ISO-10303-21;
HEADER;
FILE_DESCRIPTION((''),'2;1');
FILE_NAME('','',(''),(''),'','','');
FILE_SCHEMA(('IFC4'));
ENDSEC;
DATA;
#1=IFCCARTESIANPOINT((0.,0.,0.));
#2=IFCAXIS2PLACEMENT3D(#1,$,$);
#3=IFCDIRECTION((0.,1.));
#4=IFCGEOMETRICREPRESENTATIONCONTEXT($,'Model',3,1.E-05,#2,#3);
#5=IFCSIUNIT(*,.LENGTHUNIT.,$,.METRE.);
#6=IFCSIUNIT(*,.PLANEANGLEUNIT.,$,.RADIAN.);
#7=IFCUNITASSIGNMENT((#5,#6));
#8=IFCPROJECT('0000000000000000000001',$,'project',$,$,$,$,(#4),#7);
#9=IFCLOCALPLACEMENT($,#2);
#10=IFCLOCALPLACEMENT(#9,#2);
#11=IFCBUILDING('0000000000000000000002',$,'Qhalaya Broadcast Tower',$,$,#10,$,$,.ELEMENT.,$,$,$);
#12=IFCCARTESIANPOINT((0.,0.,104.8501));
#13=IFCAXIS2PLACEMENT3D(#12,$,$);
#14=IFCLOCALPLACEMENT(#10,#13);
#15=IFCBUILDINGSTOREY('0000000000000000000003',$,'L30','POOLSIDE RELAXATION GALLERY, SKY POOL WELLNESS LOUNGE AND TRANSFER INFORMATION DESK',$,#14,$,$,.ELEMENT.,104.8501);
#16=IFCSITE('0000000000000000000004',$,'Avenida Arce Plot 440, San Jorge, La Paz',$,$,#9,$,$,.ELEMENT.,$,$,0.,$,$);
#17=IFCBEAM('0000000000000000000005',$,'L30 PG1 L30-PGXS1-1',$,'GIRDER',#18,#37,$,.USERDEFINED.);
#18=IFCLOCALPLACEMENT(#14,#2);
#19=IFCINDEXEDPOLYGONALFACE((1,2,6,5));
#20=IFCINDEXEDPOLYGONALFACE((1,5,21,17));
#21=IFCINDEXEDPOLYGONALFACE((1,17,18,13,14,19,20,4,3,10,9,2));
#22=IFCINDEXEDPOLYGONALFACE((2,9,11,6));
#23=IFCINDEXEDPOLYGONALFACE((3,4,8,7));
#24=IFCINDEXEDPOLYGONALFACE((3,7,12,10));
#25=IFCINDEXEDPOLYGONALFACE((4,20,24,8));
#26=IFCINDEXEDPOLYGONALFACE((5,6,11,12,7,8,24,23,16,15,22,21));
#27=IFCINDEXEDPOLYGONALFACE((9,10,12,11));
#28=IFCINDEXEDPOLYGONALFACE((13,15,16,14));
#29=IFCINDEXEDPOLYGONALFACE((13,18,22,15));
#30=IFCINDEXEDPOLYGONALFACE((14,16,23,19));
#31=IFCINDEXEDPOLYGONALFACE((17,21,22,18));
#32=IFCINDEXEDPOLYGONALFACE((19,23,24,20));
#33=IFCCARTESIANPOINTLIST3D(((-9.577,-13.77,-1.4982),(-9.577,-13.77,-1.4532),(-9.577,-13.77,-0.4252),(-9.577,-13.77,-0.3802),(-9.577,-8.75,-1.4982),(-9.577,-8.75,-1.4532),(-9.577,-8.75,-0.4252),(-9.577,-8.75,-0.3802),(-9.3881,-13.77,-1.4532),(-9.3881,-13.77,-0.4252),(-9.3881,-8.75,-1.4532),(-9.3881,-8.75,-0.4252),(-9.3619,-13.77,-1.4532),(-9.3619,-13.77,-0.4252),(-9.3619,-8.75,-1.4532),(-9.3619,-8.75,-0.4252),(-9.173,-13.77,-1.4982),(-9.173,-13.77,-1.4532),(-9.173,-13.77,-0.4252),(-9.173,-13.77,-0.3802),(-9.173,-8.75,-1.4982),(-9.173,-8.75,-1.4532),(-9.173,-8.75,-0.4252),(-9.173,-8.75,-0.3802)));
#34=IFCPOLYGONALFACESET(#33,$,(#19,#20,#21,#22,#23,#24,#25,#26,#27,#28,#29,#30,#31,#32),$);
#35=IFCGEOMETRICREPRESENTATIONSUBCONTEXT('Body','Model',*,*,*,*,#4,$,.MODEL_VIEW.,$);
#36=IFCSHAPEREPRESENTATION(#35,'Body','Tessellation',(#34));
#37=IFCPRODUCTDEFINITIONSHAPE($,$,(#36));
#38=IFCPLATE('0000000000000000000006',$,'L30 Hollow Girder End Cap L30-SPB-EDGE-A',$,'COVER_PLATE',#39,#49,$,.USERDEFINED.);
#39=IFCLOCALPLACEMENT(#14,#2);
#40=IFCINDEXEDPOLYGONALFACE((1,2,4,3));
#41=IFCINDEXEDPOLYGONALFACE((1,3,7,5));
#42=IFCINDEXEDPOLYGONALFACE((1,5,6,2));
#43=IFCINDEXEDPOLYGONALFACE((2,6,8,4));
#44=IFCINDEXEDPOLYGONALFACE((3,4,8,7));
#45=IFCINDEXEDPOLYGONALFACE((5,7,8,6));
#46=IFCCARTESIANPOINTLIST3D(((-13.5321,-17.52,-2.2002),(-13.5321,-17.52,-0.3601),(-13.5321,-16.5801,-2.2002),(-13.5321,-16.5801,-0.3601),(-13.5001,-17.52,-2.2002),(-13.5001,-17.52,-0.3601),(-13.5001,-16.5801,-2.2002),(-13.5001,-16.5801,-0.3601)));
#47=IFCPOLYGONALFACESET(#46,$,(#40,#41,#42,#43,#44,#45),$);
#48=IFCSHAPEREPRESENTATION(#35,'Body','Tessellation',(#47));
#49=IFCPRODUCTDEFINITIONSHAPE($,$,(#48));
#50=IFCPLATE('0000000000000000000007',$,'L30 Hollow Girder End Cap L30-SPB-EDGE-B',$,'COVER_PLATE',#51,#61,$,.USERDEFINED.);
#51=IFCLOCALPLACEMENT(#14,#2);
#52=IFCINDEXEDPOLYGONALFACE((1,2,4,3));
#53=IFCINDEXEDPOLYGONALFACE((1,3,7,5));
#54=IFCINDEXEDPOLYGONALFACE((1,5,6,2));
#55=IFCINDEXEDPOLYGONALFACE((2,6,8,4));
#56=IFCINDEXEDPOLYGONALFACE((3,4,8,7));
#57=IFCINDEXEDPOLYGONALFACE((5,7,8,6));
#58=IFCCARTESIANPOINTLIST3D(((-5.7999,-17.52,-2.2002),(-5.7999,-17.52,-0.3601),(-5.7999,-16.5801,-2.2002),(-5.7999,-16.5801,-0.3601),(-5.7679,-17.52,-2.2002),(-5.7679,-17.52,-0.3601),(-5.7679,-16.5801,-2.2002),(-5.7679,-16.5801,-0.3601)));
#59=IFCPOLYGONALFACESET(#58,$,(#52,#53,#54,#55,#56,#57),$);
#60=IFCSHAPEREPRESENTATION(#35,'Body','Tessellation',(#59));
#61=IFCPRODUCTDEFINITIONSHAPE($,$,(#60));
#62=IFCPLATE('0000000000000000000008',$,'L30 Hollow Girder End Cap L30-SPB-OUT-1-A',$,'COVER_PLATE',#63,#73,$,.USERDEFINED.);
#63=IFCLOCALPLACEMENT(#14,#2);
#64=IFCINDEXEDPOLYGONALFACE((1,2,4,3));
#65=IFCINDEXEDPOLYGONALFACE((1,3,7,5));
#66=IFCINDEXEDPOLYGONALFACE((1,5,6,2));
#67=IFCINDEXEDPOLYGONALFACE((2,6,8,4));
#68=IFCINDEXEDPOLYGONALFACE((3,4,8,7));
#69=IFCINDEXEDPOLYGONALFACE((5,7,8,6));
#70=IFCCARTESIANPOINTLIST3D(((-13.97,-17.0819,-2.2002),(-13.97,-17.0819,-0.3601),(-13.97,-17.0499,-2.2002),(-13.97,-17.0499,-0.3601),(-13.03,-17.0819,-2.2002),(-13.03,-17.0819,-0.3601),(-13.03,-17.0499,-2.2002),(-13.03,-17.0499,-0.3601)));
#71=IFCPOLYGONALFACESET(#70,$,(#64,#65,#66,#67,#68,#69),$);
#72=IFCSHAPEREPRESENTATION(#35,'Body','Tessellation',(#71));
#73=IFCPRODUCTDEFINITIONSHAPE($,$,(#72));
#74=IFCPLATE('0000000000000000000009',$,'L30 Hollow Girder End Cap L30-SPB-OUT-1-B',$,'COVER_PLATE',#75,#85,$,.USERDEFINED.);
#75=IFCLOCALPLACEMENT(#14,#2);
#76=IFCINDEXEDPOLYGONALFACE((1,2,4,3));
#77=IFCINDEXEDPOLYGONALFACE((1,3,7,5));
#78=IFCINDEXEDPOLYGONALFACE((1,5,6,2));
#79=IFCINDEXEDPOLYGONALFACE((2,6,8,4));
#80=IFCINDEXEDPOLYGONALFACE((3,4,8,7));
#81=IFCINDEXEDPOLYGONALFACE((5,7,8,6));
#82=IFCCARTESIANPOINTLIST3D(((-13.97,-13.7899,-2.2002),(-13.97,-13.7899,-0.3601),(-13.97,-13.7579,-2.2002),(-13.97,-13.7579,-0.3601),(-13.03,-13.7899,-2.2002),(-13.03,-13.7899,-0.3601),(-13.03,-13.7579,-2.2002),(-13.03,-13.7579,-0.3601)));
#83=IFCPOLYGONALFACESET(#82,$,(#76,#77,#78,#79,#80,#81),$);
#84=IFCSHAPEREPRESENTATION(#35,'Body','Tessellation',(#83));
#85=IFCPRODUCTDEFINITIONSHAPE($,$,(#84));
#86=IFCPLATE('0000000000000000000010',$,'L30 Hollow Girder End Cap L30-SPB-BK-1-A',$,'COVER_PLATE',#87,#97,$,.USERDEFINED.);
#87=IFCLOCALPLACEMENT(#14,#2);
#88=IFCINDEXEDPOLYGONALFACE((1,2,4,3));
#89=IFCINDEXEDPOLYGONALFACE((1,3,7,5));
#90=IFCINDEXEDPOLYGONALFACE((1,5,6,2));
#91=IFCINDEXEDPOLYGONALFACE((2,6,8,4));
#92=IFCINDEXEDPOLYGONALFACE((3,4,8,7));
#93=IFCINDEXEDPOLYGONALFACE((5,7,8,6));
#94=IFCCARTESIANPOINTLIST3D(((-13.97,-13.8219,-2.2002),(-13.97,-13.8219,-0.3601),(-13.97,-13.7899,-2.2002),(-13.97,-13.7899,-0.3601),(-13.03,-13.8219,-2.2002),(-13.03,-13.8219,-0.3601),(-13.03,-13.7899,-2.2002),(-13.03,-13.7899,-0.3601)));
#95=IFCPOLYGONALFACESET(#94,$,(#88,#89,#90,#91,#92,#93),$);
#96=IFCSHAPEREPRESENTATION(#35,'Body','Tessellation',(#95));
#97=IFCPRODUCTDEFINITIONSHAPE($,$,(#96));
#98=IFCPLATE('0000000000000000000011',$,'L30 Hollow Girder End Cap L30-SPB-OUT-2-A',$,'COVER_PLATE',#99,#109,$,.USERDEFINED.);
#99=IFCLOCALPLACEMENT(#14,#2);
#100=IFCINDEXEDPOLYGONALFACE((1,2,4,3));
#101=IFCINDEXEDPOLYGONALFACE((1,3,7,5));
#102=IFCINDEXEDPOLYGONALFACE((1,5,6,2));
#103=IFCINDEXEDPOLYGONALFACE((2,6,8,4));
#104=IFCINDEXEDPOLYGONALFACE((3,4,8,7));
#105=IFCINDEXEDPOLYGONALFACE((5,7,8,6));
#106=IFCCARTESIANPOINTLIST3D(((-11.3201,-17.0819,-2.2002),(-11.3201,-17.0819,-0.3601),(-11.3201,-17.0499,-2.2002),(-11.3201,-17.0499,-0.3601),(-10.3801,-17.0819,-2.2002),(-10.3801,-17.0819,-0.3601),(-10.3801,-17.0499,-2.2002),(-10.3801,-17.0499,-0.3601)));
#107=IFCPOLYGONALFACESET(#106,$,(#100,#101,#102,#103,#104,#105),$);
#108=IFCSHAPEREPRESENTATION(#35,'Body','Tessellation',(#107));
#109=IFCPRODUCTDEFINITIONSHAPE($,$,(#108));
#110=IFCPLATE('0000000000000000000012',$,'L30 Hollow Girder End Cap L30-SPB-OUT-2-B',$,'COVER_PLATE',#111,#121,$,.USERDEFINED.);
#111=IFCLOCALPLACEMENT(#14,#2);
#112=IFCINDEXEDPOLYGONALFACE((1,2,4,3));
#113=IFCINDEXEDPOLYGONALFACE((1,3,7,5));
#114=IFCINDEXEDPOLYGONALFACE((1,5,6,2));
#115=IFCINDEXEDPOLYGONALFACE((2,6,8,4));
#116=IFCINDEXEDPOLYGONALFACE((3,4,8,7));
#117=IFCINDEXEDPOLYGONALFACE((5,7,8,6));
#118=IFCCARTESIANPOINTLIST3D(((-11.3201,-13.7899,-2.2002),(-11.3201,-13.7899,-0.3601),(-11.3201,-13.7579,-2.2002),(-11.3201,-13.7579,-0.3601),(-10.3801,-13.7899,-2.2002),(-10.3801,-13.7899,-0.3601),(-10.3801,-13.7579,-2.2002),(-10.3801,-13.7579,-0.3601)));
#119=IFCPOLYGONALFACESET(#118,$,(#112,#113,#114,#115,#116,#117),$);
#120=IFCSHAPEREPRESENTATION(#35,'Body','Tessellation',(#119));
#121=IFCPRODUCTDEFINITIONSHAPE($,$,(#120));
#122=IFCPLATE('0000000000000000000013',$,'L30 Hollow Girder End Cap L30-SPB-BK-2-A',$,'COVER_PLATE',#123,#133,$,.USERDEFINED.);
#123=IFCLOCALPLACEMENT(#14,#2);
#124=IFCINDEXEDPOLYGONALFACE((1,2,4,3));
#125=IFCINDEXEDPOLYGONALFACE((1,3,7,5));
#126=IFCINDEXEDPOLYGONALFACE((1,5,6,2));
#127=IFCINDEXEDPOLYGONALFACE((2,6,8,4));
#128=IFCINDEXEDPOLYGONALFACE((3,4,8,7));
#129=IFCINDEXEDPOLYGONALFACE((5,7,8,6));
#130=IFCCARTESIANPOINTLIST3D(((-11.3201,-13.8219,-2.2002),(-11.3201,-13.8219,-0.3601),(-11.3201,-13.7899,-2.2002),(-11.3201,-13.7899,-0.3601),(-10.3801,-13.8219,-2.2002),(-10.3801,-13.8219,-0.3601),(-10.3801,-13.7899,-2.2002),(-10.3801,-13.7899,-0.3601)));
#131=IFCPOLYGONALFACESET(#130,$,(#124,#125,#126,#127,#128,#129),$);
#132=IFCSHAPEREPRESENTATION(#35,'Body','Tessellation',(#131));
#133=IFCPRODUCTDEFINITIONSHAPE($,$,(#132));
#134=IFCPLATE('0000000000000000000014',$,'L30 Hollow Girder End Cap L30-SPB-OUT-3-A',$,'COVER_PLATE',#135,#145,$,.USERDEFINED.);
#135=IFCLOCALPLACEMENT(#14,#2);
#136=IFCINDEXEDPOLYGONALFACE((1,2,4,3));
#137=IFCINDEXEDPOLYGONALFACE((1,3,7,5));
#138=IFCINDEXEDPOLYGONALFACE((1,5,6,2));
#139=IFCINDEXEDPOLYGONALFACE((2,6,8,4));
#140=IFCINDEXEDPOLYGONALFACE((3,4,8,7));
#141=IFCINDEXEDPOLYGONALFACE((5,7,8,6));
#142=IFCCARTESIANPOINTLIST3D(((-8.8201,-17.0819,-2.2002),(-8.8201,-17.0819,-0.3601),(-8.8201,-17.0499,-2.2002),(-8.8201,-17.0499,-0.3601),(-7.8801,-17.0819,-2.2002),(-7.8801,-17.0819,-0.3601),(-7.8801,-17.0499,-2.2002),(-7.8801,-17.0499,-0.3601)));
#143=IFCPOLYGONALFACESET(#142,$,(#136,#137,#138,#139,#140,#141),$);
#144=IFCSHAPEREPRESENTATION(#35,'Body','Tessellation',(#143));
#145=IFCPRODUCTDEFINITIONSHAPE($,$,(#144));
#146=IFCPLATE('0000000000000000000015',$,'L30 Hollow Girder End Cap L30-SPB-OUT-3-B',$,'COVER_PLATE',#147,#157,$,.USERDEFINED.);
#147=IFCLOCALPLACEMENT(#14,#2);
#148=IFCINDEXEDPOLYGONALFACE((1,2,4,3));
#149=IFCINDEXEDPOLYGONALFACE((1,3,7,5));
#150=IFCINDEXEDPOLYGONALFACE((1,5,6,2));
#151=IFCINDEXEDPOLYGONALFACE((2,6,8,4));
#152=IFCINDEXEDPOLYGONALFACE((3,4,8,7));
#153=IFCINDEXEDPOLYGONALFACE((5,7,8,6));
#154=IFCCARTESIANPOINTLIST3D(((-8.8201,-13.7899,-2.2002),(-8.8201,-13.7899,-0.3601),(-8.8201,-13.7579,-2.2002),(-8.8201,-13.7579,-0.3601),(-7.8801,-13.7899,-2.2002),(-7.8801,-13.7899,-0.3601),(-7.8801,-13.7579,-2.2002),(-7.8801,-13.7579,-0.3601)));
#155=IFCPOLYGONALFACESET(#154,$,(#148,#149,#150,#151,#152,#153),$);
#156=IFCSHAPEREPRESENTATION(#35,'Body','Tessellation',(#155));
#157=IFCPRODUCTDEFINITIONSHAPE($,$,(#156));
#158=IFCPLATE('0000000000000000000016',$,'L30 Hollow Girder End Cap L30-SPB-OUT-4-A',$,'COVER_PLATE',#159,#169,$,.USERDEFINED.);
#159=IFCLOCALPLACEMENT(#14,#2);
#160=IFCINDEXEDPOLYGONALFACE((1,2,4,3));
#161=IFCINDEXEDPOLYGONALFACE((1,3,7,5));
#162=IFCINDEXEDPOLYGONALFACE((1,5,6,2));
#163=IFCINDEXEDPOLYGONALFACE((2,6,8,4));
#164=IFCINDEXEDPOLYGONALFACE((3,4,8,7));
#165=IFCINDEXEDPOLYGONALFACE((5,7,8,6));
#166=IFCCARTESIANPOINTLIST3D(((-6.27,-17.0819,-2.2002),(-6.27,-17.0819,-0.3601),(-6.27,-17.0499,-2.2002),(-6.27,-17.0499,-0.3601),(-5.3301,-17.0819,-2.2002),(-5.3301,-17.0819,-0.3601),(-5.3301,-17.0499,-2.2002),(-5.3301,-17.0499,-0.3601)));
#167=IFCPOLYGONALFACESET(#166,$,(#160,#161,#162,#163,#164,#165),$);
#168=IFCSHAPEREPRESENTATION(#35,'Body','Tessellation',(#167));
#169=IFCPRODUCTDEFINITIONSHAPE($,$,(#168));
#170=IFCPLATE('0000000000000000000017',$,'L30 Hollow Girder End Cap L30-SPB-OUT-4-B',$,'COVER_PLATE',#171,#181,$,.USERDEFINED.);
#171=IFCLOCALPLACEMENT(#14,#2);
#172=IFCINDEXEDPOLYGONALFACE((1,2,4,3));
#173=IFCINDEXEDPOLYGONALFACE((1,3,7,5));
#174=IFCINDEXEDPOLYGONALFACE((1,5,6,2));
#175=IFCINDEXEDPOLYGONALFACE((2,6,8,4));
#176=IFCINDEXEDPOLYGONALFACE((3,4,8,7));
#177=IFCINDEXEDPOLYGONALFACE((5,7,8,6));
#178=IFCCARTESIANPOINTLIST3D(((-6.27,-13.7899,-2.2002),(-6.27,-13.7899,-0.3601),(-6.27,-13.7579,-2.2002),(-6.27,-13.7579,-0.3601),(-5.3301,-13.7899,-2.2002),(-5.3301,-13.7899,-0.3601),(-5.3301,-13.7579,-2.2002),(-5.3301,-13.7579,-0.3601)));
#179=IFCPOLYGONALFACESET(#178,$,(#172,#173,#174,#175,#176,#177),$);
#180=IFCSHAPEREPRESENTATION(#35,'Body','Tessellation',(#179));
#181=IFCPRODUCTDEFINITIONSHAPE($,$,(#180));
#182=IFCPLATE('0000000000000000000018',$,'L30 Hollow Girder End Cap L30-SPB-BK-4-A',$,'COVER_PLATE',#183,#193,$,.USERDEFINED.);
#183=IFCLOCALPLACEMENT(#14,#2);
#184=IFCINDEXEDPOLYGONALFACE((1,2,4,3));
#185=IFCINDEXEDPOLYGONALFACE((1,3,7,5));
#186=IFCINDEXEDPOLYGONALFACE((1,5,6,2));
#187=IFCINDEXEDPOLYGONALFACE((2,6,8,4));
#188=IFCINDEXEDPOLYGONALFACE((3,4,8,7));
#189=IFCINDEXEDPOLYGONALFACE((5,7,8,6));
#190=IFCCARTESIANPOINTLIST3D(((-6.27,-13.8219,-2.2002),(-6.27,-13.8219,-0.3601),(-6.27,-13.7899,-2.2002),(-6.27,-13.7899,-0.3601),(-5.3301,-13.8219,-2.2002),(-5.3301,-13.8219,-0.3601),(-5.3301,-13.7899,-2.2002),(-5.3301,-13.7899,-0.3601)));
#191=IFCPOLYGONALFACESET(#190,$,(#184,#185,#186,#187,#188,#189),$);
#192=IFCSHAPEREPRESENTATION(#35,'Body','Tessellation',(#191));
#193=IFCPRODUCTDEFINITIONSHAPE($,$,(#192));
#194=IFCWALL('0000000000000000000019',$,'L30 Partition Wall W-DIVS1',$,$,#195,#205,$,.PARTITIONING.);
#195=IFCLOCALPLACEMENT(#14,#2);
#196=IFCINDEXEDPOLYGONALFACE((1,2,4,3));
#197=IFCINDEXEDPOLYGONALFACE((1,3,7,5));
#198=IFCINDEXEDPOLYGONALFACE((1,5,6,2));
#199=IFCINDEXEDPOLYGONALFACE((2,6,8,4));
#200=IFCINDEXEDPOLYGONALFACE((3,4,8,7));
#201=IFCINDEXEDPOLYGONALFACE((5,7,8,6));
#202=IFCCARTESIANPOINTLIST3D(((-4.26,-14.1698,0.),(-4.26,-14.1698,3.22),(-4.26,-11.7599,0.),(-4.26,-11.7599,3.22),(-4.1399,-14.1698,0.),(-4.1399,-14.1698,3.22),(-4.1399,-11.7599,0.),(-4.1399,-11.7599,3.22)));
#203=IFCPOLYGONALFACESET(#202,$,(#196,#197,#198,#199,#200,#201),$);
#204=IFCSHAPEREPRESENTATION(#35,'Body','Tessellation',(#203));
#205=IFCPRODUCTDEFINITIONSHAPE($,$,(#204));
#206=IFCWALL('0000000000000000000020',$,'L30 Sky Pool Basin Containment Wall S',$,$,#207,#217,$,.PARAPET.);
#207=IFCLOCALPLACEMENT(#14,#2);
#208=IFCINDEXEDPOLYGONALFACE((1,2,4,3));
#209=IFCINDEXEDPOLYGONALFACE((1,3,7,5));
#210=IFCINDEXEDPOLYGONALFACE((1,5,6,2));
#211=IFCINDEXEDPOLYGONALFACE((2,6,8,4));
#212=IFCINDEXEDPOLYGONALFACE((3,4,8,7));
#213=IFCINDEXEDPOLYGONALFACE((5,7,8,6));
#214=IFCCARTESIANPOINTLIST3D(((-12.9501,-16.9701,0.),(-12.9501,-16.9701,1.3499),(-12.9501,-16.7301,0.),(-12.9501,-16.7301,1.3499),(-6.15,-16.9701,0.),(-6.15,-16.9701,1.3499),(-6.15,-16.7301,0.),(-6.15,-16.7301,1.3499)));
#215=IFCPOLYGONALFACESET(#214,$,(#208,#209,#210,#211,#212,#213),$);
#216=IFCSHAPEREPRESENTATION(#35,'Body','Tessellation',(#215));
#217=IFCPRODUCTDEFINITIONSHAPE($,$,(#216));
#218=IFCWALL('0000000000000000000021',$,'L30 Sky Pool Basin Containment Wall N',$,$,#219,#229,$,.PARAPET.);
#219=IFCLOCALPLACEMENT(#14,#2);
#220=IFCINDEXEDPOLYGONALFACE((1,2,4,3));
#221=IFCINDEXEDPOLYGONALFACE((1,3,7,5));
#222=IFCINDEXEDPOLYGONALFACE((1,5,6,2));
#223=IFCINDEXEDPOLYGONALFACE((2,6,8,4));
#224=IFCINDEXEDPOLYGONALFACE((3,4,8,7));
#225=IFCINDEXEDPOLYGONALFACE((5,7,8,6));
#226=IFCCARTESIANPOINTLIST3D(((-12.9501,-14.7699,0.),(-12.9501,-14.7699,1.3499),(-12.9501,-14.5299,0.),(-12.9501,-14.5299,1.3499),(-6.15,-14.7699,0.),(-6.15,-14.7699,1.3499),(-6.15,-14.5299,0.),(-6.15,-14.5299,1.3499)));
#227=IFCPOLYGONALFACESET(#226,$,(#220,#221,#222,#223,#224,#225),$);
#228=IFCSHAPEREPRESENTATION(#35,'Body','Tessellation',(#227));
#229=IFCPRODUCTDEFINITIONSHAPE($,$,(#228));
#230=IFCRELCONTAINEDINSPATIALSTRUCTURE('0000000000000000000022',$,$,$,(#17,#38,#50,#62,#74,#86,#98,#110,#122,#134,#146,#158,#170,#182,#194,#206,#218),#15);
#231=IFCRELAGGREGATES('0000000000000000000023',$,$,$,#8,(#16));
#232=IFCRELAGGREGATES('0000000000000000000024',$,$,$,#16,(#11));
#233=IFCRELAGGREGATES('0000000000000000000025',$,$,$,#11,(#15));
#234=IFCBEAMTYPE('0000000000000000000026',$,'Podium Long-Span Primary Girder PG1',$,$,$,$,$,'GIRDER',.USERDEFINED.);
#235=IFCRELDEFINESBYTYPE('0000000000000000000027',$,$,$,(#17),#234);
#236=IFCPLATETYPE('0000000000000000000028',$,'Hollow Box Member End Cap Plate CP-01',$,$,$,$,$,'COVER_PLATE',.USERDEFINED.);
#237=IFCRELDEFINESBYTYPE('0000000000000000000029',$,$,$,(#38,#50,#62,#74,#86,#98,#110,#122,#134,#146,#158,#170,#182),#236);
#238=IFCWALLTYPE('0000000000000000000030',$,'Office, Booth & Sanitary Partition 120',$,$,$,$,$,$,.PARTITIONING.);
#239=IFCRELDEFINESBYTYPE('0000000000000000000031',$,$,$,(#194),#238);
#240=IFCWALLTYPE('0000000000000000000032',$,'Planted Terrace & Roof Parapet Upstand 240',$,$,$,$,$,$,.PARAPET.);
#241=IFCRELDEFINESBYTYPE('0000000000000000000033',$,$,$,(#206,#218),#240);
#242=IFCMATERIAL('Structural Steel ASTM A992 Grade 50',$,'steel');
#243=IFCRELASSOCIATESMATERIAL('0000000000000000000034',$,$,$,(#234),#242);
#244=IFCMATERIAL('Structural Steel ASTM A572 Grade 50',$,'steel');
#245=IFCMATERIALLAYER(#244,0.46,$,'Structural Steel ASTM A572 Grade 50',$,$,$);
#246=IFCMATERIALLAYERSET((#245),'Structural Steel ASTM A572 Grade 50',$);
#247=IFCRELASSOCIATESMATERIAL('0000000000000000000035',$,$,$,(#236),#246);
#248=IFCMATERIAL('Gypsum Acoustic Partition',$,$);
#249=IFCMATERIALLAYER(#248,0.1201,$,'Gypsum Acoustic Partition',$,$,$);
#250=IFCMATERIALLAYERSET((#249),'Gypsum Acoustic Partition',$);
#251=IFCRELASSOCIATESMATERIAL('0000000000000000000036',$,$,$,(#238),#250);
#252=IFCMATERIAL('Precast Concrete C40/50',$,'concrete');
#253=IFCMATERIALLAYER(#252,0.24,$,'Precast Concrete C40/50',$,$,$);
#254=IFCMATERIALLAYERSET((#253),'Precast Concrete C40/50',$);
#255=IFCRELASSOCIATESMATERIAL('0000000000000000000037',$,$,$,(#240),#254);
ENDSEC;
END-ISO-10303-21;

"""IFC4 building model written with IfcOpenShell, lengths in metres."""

from ifc_helpers import new_model, si_unit, direction, frame, frame_2d, origin, origin_2d, place, context, subcontext, project, spatial, rectangle, i_section, extrude, material, layer, layer_set, material_profile, profile_set, type_object, element, save


model = new_model("IFC4")

# Units and contexts
model_context = context("Model", 3, precision=1e-05, world=origin(), true_north=direction((0.0, 1.0)))
body_context = subcontext(model_context, "Body", "Model", "MODEL_VIEW")
ifc_project = project(units=[si_unit("LENGTHUNIT", "METRE"), si_unit("PLANEANGLEUNIT", "RADIAN")], contexts=[model_context])

# Site, building, storey
site_placement = place(None, origin())
site = spatial("IfcSite", under=ifc_project, at=site_placement, Name="Avenida Arce Plot 440, San Jorge, La Paz", CompositionType="ELEMENT", RefElevation=0.0)
building_placement = place(site_placement, origin())
building = spatial("IfcBuilding", under=site, at=building_placement, Name="Qhalaya Broadcast Tower", CompositionType="ELEMENT")
storey_placement = place(building_placement, frame((0.0, 0.0, 104.8501)))
storey = spatial("IfcBuildingStorey", under=building, at=storey_placement, Name="L30", Description="POOLSIDE RELAXATION GALLERY, SKY POOL WELLNESS LOUNGE AND TRANSFER INFORMATION DESK", CompositionType="ELEMENT", Elevation=104.8501)

# Shared definitions
ifc_material_1 = material(Name="Structural Steel ASTM A572 Grade 50", Category="steel")

# Beam
ifc_material_2 = material(Name="Structural Steel ASTM A992 Grade 50", Category="steel")
ifc_material_profile_1 = material_profile(ifc_material_2, i_section(OverallWidth=0.4041, OverallDepth=1.1179, WebThickness=0.0261, FlangeThickness=0.0449, at=origin_2d()), Name="W44X335")
ifc_profile_set_1 = profile_set([ifc_material_profile_1], Name="Structural Steel ASTM A992 Grade 50")
beam_type_1 = type_object("IfcBeamType", Name="Podium Long-Span Primary Girder PG1", ElementType="GIRDER", PredefinedType="USERDEFINED", material=ifc_profile_set_1)
beam_1_placement = place(storey_placement, frame((-9.375, -13.77, -0.9392), z_axis=(0.0, 1.0, 0.0), x_axis=(-1.0, 0.0, 0.0)))
element("IfcBeam", 1, at=beam_1_placement, inside=storey, type_object=beam_type_1, Name="L30 PG1 L30-PGXS1-1", ObjectType="GIRDER", PredefinedType="USERDEFINED", context=body_context, shape_type="SweptSolid", body=[
    extrude(i_section(OverallWidth=0.4041, OverallDepth=1.1179, WebThickness=0.0261, FlangeThickness=0.0449, at=origin_2d()), origin(), (0.0, 0.0, 1.0), 5.02),
])

# Plates
ifc_layer_1 = layer(ifc_material_1, 0.46, Name="Structural Steel ASTM A572 Grade 50")
ifc_layer_set_1 = layer_set([ifc_layer_1], Name="Structural Steel ASTM A572 Grade 50")
plate_type = type_object("IfcPlateType", Name="Hollow Box Member End Cap Plate CP-01", ElementType="COVER_PLATE", PredefinedType="USERDEFINED", material=ifc_layer_set_1)
for number, where, z_axis, x_axis, name in (
    (2, (-13.5161, -17.05, -2.2002), (0.0, 0.0, 1.0), (0.0, 1.0, 0.0), "L30 Hollow Girder End Cap L30-SPB-EDGE-A"),
    (3, (-5.7839, -17.05, -2.2002), (0.0, 0.0, 1.0), (0.0, 1.0, 0.0), "L30 Hollow Girder End Cap L30-SPB-EDGE-B"),
    (4, (-13.5, -17.0659, -2.2002), (0.0, 0.0, 1.0), (-1.0, 0.0, 0.0), "L30 Hollow Girder End Cap L30-SPB-OUT-1-A"),
    (5, (-13.5, -13.7739, -2.2002), (0.0, 0.0, 1.0), (-1.0, 0.0, 0.0), "L30 Hollow Girder End Cap L30-SPB-OUT-1-B"),
    (6, (-13.5, -13.8059, -2.2002), (0.0, 0.0, 1.0), (-1.0, 0.0, 0.0), "L30 Hollow Girder End Cap L30-SPB-BK-1-A"),
    (7, (-10.8501, -17.0659, -2.2002), (0.0, 0.0, 1.0), (-1.0, 0.0, 0.0), "L30 Hollow Girder End Cap L30-SPB-OUT-2-A"),
    (8, (-10.8501, -13.7739, -2.2002), (0.0, 0.0, 1.0), (-1.0, 0.0, 0.0), "L30 Hollow Girder End Cap L30-SPB-OUT-2-B"),
    (9, (-10.8501, -13.8059, -2.2002), (0.0, 0.0, 1.0), (-1.0, 0.0, 0.0), "L30 Hollow Girder End Cap L30-SPB-BK-2-A"),
    (10, (-8.3501, -17.0659, -2.2002), (0.0, 0.0, 1.0), (-1.0, 0.0, 0.0), "L30 Hollow Girder End Cap L30-SPB-OUT-3-A"),
    (11, (-8.3501, -13.7739, -2.2002), (0.0, 0.0, 1.0), (-1.0, 0.0, 0.0), "L30 Hollow Girder End Cap L30-SPB-OUT-3-B"),
    (12, (-5.8, -17.0659, -2.2002), (0.0, 0.0, 1.0), (-1.0, 0.0, 0.0), "L30 Hollow Girder End Cap L30-SPB-OUT-4-A"),
    (13, (-5.8, -13.7739, -2.2002), (0.0, 0.0, 1.0), (-1.0, 0.0, 0.0), "L30 Hollow Girder End Cap L30-SPB-OUT-4-B"),
    (14, (-5.8, -13.8059, -2.2002), (0.0, 0.0, 1.0), (-1.0, 0.0, 0.0), "L30 Hollow Girder End Cap L30-SPB-BK-4-A"),
):
    element("IfcPlate", number, at=place(storey_placement, frame(where, z_axis=z_axis, x_axis=x_axis)), inside=storey, type_object=plate_type, Name=name, ObjectType="COVER_PLATE", PredefinedType="USERDEFINED", context=body_context, shape_type="SweptSolid", body=[
        extrude(rectangle(XDim=0.9399, YDim=0.032, at=origin_2d()), origin(), (0.0, 0.0, 1.0), 1.8401),
    ])

# Walls
ifc_material_3 = material(Name="Gypsum Acoustic Partition")
ifc_layer_2 = layer(ifc_material_3, 0.1201, Name="Gypsum Acoustic Partition")
ifc_layer_set_2 = layer_set([ifc_layer_2], Name="Gypsum Acoustic Partition")
wall_type_1 = type_object("IfcWallType", Name="Office, Booth & Sanitary Partition 120", PredefinedType="PARTITIONING", material=ifc_layer_set_2)
wall_placement = place(storey_placement, frame((-4.2, -14.1699, 0.0), z_axis=(0.0, 0.0, 1.0), x_axis=(0.0, 1.0, 0.0)))
element("IfcWall", 15, at=wall_placement, inside=storey, type_object=wall_type_1, Name="L30 Partition Wall W-DIVS1", PredefinedType="PARTITIONING", context=body_context, shape_type="SweptSolid", body=[
    extrude(rectangle(XDim=2.4099, YDim=0.1201, at=frame_2d((1.2051, 0.0))), origin(), (0.0, 0.0, 1.0), 3.22),
])
ifc_material_4 = material(Name="Precast Concrete C40/50", Category="concrete")
ifc_layer_3 = layer(ifc_material_4, 0.24, Name="Precast Concrete C40/50")
ifc_layer_set_3 = layer_set([ifc_layer_3], Name="Precast Concrete C40/50")
wall_type_2 = type_object("IfcWallType", Name="Planted Terrace & Roof Parapet Upstand 240", PredefinedType="PARAPET", material=ifc_layer_set_3)
for number, where, z_axis, x_axis, name in (
    (16, (-12.95, -16.8501, 0.0), (0.0, 0.0, 1.0), (1.0, 0.0, 0.0), "L30 Sky Pool Basin Containment Wall S"),
    (17, (-12.95, -14.6499, 0.0), (0.0, 0.0, 1.0), (1.0, 0.0, 0.0), "L30 Sky Pool Basin Containment Wall N"),
):
    element("IfcWall", number, at=place(storey_placement, frame(where, z_axis=z_axis, x_axis=x_axis)), inside=storey, type_object=wall_type_2, Name=name, PredefinedType="PARAPET", context=body_context, shape_type="SweptSolid", body=[
        extrude(rectangle(XDim=6.8, YDim=0.24, at=frame_2d((3.3999, 0.0))), origin(), (0.0, 0.0, 1.0), 1.3499),
    ])

save(model, "model.ifc")
